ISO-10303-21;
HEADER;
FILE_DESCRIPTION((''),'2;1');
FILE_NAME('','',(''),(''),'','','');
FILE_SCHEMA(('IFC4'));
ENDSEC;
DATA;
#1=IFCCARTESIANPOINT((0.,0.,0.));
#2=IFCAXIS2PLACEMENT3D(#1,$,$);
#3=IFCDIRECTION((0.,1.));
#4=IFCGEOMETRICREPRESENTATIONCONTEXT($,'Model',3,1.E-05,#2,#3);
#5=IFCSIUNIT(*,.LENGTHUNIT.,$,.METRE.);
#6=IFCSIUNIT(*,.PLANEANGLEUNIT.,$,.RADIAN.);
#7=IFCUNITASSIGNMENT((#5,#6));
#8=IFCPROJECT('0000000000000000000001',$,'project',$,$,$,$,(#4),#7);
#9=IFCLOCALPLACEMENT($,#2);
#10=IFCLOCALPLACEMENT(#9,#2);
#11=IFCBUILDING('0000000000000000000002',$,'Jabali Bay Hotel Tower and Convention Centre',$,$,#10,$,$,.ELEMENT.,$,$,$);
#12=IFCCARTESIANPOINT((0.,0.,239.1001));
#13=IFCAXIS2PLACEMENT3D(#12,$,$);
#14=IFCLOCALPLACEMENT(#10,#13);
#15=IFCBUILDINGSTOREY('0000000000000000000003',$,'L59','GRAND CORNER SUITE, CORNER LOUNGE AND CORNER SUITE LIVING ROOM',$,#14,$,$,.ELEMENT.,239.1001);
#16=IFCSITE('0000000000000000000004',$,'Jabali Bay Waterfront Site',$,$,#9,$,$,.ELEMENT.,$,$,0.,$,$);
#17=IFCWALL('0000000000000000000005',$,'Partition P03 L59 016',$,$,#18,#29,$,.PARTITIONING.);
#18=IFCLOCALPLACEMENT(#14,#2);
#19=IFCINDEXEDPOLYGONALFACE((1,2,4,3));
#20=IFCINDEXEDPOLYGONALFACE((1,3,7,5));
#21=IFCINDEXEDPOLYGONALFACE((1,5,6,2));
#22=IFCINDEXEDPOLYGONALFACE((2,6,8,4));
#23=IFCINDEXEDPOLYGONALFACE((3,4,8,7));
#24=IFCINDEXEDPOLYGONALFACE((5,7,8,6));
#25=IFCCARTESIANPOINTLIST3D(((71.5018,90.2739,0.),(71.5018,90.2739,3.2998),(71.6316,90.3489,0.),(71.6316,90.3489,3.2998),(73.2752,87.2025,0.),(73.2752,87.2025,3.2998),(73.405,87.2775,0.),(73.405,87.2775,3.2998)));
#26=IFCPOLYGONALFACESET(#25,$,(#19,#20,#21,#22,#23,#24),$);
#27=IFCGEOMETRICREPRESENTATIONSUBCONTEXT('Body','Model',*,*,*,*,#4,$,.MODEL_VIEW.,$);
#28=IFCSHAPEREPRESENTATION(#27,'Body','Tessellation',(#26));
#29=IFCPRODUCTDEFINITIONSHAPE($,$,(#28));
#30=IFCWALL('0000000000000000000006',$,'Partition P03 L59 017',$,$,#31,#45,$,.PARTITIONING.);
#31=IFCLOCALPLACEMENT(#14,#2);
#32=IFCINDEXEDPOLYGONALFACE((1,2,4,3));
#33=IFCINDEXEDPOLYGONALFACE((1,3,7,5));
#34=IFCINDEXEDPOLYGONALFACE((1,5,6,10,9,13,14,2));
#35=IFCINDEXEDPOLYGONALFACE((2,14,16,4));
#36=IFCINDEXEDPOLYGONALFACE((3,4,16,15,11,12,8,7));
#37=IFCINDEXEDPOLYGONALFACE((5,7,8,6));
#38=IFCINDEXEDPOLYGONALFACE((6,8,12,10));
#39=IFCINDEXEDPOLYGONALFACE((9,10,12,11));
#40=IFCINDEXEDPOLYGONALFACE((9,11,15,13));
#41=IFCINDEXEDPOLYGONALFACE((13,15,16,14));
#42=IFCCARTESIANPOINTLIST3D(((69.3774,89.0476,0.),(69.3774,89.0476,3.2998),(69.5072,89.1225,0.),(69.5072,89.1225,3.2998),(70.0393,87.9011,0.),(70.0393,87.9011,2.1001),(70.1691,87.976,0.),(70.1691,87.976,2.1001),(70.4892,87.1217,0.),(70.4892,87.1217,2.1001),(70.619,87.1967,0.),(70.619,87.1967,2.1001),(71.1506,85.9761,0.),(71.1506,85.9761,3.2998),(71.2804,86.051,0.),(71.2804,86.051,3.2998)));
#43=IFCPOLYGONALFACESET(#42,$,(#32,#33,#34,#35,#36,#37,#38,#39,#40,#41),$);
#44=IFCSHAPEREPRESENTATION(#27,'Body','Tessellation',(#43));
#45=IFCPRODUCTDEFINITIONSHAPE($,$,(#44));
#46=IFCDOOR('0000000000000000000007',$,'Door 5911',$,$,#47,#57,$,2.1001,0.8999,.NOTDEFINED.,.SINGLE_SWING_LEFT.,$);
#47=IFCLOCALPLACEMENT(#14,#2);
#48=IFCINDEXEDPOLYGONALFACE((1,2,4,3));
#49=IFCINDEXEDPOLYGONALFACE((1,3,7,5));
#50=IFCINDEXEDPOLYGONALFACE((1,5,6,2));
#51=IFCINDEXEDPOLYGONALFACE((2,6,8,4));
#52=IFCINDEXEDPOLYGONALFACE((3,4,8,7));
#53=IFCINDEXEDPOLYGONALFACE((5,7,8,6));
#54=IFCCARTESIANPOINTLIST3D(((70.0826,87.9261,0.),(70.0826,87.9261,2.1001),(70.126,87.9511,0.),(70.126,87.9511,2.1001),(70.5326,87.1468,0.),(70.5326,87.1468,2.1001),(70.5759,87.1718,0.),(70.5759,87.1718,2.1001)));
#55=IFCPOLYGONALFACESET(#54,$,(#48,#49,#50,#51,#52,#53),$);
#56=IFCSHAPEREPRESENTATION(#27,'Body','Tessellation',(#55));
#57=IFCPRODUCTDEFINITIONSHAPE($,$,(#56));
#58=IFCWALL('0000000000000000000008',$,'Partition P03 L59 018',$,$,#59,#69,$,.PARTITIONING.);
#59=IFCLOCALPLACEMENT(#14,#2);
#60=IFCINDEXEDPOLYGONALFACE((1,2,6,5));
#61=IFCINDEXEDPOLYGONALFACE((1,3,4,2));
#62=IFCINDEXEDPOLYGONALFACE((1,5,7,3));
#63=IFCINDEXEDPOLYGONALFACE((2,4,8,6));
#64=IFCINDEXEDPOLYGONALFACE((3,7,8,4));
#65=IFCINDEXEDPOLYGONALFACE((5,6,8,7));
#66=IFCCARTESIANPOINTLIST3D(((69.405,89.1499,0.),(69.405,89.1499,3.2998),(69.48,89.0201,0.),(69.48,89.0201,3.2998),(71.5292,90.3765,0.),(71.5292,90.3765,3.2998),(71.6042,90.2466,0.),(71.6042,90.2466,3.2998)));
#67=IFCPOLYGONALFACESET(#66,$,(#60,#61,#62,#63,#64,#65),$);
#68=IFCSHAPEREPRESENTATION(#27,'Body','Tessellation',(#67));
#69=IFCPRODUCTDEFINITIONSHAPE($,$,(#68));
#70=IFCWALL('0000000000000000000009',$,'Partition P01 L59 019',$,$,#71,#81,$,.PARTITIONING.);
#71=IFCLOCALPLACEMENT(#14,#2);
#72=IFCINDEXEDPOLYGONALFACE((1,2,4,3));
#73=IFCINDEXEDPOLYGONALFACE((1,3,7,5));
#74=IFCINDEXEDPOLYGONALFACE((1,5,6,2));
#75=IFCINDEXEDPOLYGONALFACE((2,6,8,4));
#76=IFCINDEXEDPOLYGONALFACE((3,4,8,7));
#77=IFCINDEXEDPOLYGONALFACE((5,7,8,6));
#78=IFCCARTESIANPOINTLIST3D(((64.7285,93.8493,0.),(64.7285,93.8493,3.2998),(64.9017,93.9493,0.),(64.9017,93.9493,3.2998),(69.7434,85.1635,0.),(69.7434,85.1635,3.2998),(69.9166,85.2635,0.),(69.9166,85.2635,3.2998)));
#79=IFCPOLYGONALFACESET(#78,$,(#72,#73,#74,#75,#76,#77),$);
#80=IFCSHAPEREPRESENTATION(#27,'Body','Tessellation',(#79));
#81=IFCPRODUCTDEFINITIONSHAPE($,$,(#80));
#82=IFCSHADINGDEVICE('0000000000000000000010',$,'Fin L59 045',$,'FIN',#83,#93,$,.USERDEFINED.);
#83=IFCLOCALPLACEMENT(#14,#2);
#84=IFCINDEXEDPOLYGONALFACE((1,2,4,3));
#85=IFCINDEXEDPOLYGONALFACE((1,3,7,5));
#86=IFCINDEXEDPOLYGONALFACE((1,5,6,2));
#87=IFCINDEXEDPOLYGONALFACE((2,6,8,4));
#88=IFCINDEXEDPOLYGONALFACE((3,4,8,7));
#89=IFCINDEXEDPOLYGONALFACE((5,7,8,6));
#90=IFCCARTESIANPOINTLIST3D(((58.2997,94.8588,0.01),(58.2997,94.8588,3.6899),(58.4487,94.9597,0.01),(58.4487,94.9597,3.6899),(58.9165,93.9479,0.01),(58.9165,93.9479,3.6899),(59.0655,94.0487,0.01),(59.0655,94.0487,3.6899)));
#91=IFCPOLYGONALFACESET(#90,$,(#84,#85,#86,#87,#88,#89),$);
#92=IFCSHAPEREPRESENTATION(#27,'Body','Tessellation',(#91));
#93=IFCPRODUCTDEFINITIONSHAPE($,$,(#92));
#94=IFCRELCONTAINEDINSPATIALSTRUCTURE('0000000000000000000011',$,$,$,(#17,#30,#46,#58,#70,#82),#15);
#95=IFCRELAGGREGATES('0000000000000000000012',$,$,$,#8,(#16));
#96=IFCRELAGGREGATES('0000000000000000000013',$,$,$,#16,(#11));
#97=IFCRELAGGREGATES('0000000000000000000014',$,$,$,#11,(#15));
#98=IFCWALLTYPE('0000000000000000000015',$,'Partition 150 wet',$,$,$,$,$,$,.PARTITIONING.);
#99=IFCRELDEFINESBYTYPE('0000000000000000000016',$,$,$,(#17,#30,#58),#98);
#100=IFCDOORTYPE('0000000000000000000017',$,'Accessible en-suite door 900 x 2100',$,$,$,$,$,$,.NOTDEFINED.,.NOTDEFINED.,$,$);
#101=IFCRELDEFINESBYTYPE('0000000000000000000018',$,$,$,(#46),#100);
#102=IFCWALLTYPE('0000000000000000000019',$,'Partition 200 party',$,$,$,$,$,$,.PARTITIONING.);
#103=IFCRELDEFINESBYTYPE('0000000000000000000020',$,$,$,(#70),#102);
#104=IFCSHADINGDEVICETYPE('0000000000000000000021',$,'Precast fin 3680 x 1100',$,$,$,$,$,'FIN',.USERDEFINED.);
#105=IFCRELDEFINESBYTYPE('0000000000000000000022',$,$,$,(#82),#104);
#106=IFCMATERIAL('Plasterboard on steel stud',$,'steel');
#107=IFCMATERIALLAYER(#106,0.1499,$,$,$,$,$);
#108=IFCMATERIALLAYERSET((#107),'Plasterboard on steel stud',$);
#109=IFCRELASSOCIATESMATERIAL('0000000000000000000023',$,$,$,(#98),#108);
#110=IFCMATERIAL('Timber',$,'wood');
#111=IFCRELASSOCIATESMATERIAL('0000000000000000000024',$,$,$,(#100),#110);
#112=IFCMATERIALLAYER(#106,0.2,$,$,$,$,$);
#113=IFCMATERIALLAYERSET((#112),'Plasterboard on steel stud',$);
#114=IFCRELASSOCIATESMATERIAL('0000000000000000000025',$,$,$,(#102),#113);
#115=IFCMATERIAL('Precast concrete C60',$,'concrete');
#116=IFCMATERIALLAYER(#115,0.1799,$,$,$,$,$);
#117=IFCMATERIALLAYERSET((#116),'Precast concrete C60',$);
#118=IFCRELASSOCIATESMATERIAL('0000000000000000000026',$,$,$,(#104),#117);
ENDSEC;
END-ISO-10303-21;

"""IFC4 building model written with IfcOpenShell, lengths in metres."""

from ifc_helpers import new_model, si_unit, direction, frame, frame_2d, origin, place, context, subcontext, project, spatial, rectangle, extrude, material, layer, layer_set, type_object, element, fill, save


model = new_model("IFC4")

# Units and contexts
model_context = context("Model", 3, precision=1e-05, world=origin(), true_north=direction((0.0, 1.0)))
body_context = subcontext(model_context, "Body", "Model", "MODEL_VIEW")
ifc_project = project(units=[si_unit("LENGTHUNIT", "METRE"), si_unit("PLANEANGLEUNIT", "RADIAN")], contexts=[model_context])

# Site, building, storey
site_placement = place(None, origin())
site = spatial("IfcSite", under=ifc_project, at=site_placement, Name="Jabali Bay Waterfront Site", CompositionType="ELEMENT", RefElevation=0.0)
building_placement = place(site_placement, origin())
building = spatial("IfcBuilding", under=site, at=building_placement, Name="Jabali Bay Hotel Tower and Convention Centre", CompositionType="ELEMENT")
storey_placement = place(building_placement, frame((0.0, 0.0, 239.1001)))
storey = spatial("IfcBuildingStorey", under=building, at=storey_placement, Name="L59", Description="GRAND CORNER SUITE, CORNER LOUNGE AND CORNER SUITE LIVING ROOM", CompositionType="ELEMENT", Elevation=239.1001)

# Shared definitions
ifc_material_1 = material(Name="Timber", Category="wood")

# Shared definitions
ifc_material_2 = material(Name="Plasterboard on steel stud", Category="steel")
ifc_layer_1 = layer(ifc_material_2, 0.1499)
ifc_layer_set_1 = layer_set([ifc_layer_1], Name="Plasterboard on steel stud")
wall_type_1 = type_object("IfcWallType", Name="Partition 150 wet", PredefinedType="PARTITIONING", material=ifc_layer_set_1)

# Wall
wall_1_placement = place(storey_placement, frame((71.5667, 90.3115, 0.0), z_axis=(0.0, 0.0, 1.0), x_axis=(0.500018, -0.866015, 0.0)))
element("IfcWall", 1, at=wall_1_placement, inside=storey, type_object=wall_type_1, Name="Partition P03 L59 016", PredefinedType="PARTITIONING", context=body_context, shape_type="SweptSolid", body=[
    extrude(rectangle(XDim=3.5466, YDim=0.1499, at=frame_2d((1.7734, 0.0))), origin(), (0.0, 0.0, 1.0), 3.2998),
])

# Wall, opening, door
wall_2_placement = place(storey_placement, frame((71.2156, 86.0134, 0.0), z_axis=(0.0, 0.0, 1.0), x_axis=(-0.499967, 0.866045, 0.0)))
wall_2 = element("IfcWall", 2, at=wall_2_placement, inside=storey, type_object=wall_type_1, Name="Partition P03 L59 017", PredefinedType="PARTITIONING", context=body_context, shape_type="SweptSolid", body=[
    extrude(rectangle(XDim=3.5466, YDim=0.1499, at=frame_2d((1.7734, 0.0))), origin(), (0.0, 0.0, 1.0), 3.2998),
])
opening_1_placement = place(wall_2_placement, frame((1.323, 0.0, 0.0)))
opening_1 = element("IfcOpeningElement", 3, at=opening_1_placement, cuts=wall_2, PredefinedType="OPENING", context=body_context, shape_type="SweptSolid", body=[
    extrude(rectangle(XDim=0.8999, YDim=2.1001, at=frame_2d((0.45, 1.05))), frame((0.0, 0.0854, 0.0), z_axis=(0.0, -1.0, 0.0), x_axis=(1.0, 0.0, 0.0)), (0.0, 0.0, 1.0), 0.1709),
])
door_type_1 = type_object("IfcDoorType", Name="Accessible en-suite door 900 x 2100", OperationType="NOTDEFINED", PredefinedType="NOTDEFINED", material=ifc_material_1)
door_1_placement = place(opening_1_placement, origin())
door_1 = element("IfcDoor", 4, at=door_1_placement, inside=storey, type_object=door_type_1, Name="Door 5911", OperationType="SINGLE_SWING_LEFT", OverallHeight=2.1001, OverallWidth=0.8999, PredefinedType="NOTDEFINED", context=body_context, shape_type="SweptSolid", body=[
    extrude(rectangle(XDim=0.8999, YDim=2.1001, at=frame_2d((0.45, 1.05))), frame((0.0, 0.0249, 0.0), z_axis=(0.0, -1.0, 0.0), x_axis=(1.0, 0.0, 0.0)), (0.0, 0.0, 1.0), 0.05),
])
fill(opening_1, door_1)

# Walls
wall_3_placement = place(storey_placement, frame((69.4424, 89.085, 0.0), z_axis=(0.0, 0.0, 1.0), x_axis=(0.866005, 0.500035, 0.0)))
element("IfcWall", 5, at=wall_3_placement, inside=storey, type_object=wall_type_1, Name="Partition P03 L59 018", PredefinedType="PARTITIONING", context=body_context, shape_type="SweptSolid", body=[
    extrude(rectangle(XDim=2.4529, YDim=0.1499, at=frame_2d((1.2266, 0.0))), origin(), (0.0, 0.0, 1.0), 3.2998),
])
ifc_layer_2 = layer(ifc_material_2, 0.2)
ifc_layer_set_2 = layer_set([ifc_layer_2], Name="Plasterboard on steel stud")
wall_type_2 = type_object("IfcWallType", Name="Partition 200 party", PredefinedType="PARTITIONING", material=ifc_layer_set_2)
wall_4_placement = place(storey_placement, frame((64.8152, 93.8992, 0.0), z_axis=(0.0, 0.0, 1.0), x_axis=(0.500011, -0.866019, 0.0)))
element("IfcWall", 6, at=wall_4_placement, inside=storey, type_object=wall_type_2, Name="Partition P01 L59 019", PredefinedType="PARTITIONING", context=body_context, shape_type="SweptSolid", body=[
    extrude(rectangle(XDim=10.0295, YDim=0.2, at=frame_2d((5.0146, 0.0))), origin(), (0.0, 0.0, 1.0), 3.2998),
])

# Shading device
ifc_material_3 = material(Name="Precast concrete C60", Category="concrete")
ifc_layer_3 = layer(ifc_material_3, 0.1799)
ifc_layer_set_3 = layer_set([ifc_layer_3], Name="Precast concrete C60")
shading_device_type = type_object("IfcShadingDeviceType", Name="Precast fin 3680 x 1100", ElementType="FIN", PredefinedType="USERDEFINED", material=ifc_layer_set_3)
shading_device_placement = place(storey_placement, frame((58.991, 93.9983, 0.01), z_axis=(0.0, 0.0, 1.0), x_axis=(-0.560627, 0.828068, 0.0)))
element("IfcShadingDevice", 7, at=shading_device_placement, inside=storey, type_object=shading_device_type, Name="Fin L59 045", ObjectType="FIN", PredefinedType="USERDEFINED", context=body_context, shape_type="SweptSolid", body=[
    extrude(rectangle(XDim=1.1001, YDim=0.1799, at=frame_2d((0.55, 0.0))), origin(), (0.0, 0.0, 1.0), 3.6799),
])

save(model, "model.ifc")
